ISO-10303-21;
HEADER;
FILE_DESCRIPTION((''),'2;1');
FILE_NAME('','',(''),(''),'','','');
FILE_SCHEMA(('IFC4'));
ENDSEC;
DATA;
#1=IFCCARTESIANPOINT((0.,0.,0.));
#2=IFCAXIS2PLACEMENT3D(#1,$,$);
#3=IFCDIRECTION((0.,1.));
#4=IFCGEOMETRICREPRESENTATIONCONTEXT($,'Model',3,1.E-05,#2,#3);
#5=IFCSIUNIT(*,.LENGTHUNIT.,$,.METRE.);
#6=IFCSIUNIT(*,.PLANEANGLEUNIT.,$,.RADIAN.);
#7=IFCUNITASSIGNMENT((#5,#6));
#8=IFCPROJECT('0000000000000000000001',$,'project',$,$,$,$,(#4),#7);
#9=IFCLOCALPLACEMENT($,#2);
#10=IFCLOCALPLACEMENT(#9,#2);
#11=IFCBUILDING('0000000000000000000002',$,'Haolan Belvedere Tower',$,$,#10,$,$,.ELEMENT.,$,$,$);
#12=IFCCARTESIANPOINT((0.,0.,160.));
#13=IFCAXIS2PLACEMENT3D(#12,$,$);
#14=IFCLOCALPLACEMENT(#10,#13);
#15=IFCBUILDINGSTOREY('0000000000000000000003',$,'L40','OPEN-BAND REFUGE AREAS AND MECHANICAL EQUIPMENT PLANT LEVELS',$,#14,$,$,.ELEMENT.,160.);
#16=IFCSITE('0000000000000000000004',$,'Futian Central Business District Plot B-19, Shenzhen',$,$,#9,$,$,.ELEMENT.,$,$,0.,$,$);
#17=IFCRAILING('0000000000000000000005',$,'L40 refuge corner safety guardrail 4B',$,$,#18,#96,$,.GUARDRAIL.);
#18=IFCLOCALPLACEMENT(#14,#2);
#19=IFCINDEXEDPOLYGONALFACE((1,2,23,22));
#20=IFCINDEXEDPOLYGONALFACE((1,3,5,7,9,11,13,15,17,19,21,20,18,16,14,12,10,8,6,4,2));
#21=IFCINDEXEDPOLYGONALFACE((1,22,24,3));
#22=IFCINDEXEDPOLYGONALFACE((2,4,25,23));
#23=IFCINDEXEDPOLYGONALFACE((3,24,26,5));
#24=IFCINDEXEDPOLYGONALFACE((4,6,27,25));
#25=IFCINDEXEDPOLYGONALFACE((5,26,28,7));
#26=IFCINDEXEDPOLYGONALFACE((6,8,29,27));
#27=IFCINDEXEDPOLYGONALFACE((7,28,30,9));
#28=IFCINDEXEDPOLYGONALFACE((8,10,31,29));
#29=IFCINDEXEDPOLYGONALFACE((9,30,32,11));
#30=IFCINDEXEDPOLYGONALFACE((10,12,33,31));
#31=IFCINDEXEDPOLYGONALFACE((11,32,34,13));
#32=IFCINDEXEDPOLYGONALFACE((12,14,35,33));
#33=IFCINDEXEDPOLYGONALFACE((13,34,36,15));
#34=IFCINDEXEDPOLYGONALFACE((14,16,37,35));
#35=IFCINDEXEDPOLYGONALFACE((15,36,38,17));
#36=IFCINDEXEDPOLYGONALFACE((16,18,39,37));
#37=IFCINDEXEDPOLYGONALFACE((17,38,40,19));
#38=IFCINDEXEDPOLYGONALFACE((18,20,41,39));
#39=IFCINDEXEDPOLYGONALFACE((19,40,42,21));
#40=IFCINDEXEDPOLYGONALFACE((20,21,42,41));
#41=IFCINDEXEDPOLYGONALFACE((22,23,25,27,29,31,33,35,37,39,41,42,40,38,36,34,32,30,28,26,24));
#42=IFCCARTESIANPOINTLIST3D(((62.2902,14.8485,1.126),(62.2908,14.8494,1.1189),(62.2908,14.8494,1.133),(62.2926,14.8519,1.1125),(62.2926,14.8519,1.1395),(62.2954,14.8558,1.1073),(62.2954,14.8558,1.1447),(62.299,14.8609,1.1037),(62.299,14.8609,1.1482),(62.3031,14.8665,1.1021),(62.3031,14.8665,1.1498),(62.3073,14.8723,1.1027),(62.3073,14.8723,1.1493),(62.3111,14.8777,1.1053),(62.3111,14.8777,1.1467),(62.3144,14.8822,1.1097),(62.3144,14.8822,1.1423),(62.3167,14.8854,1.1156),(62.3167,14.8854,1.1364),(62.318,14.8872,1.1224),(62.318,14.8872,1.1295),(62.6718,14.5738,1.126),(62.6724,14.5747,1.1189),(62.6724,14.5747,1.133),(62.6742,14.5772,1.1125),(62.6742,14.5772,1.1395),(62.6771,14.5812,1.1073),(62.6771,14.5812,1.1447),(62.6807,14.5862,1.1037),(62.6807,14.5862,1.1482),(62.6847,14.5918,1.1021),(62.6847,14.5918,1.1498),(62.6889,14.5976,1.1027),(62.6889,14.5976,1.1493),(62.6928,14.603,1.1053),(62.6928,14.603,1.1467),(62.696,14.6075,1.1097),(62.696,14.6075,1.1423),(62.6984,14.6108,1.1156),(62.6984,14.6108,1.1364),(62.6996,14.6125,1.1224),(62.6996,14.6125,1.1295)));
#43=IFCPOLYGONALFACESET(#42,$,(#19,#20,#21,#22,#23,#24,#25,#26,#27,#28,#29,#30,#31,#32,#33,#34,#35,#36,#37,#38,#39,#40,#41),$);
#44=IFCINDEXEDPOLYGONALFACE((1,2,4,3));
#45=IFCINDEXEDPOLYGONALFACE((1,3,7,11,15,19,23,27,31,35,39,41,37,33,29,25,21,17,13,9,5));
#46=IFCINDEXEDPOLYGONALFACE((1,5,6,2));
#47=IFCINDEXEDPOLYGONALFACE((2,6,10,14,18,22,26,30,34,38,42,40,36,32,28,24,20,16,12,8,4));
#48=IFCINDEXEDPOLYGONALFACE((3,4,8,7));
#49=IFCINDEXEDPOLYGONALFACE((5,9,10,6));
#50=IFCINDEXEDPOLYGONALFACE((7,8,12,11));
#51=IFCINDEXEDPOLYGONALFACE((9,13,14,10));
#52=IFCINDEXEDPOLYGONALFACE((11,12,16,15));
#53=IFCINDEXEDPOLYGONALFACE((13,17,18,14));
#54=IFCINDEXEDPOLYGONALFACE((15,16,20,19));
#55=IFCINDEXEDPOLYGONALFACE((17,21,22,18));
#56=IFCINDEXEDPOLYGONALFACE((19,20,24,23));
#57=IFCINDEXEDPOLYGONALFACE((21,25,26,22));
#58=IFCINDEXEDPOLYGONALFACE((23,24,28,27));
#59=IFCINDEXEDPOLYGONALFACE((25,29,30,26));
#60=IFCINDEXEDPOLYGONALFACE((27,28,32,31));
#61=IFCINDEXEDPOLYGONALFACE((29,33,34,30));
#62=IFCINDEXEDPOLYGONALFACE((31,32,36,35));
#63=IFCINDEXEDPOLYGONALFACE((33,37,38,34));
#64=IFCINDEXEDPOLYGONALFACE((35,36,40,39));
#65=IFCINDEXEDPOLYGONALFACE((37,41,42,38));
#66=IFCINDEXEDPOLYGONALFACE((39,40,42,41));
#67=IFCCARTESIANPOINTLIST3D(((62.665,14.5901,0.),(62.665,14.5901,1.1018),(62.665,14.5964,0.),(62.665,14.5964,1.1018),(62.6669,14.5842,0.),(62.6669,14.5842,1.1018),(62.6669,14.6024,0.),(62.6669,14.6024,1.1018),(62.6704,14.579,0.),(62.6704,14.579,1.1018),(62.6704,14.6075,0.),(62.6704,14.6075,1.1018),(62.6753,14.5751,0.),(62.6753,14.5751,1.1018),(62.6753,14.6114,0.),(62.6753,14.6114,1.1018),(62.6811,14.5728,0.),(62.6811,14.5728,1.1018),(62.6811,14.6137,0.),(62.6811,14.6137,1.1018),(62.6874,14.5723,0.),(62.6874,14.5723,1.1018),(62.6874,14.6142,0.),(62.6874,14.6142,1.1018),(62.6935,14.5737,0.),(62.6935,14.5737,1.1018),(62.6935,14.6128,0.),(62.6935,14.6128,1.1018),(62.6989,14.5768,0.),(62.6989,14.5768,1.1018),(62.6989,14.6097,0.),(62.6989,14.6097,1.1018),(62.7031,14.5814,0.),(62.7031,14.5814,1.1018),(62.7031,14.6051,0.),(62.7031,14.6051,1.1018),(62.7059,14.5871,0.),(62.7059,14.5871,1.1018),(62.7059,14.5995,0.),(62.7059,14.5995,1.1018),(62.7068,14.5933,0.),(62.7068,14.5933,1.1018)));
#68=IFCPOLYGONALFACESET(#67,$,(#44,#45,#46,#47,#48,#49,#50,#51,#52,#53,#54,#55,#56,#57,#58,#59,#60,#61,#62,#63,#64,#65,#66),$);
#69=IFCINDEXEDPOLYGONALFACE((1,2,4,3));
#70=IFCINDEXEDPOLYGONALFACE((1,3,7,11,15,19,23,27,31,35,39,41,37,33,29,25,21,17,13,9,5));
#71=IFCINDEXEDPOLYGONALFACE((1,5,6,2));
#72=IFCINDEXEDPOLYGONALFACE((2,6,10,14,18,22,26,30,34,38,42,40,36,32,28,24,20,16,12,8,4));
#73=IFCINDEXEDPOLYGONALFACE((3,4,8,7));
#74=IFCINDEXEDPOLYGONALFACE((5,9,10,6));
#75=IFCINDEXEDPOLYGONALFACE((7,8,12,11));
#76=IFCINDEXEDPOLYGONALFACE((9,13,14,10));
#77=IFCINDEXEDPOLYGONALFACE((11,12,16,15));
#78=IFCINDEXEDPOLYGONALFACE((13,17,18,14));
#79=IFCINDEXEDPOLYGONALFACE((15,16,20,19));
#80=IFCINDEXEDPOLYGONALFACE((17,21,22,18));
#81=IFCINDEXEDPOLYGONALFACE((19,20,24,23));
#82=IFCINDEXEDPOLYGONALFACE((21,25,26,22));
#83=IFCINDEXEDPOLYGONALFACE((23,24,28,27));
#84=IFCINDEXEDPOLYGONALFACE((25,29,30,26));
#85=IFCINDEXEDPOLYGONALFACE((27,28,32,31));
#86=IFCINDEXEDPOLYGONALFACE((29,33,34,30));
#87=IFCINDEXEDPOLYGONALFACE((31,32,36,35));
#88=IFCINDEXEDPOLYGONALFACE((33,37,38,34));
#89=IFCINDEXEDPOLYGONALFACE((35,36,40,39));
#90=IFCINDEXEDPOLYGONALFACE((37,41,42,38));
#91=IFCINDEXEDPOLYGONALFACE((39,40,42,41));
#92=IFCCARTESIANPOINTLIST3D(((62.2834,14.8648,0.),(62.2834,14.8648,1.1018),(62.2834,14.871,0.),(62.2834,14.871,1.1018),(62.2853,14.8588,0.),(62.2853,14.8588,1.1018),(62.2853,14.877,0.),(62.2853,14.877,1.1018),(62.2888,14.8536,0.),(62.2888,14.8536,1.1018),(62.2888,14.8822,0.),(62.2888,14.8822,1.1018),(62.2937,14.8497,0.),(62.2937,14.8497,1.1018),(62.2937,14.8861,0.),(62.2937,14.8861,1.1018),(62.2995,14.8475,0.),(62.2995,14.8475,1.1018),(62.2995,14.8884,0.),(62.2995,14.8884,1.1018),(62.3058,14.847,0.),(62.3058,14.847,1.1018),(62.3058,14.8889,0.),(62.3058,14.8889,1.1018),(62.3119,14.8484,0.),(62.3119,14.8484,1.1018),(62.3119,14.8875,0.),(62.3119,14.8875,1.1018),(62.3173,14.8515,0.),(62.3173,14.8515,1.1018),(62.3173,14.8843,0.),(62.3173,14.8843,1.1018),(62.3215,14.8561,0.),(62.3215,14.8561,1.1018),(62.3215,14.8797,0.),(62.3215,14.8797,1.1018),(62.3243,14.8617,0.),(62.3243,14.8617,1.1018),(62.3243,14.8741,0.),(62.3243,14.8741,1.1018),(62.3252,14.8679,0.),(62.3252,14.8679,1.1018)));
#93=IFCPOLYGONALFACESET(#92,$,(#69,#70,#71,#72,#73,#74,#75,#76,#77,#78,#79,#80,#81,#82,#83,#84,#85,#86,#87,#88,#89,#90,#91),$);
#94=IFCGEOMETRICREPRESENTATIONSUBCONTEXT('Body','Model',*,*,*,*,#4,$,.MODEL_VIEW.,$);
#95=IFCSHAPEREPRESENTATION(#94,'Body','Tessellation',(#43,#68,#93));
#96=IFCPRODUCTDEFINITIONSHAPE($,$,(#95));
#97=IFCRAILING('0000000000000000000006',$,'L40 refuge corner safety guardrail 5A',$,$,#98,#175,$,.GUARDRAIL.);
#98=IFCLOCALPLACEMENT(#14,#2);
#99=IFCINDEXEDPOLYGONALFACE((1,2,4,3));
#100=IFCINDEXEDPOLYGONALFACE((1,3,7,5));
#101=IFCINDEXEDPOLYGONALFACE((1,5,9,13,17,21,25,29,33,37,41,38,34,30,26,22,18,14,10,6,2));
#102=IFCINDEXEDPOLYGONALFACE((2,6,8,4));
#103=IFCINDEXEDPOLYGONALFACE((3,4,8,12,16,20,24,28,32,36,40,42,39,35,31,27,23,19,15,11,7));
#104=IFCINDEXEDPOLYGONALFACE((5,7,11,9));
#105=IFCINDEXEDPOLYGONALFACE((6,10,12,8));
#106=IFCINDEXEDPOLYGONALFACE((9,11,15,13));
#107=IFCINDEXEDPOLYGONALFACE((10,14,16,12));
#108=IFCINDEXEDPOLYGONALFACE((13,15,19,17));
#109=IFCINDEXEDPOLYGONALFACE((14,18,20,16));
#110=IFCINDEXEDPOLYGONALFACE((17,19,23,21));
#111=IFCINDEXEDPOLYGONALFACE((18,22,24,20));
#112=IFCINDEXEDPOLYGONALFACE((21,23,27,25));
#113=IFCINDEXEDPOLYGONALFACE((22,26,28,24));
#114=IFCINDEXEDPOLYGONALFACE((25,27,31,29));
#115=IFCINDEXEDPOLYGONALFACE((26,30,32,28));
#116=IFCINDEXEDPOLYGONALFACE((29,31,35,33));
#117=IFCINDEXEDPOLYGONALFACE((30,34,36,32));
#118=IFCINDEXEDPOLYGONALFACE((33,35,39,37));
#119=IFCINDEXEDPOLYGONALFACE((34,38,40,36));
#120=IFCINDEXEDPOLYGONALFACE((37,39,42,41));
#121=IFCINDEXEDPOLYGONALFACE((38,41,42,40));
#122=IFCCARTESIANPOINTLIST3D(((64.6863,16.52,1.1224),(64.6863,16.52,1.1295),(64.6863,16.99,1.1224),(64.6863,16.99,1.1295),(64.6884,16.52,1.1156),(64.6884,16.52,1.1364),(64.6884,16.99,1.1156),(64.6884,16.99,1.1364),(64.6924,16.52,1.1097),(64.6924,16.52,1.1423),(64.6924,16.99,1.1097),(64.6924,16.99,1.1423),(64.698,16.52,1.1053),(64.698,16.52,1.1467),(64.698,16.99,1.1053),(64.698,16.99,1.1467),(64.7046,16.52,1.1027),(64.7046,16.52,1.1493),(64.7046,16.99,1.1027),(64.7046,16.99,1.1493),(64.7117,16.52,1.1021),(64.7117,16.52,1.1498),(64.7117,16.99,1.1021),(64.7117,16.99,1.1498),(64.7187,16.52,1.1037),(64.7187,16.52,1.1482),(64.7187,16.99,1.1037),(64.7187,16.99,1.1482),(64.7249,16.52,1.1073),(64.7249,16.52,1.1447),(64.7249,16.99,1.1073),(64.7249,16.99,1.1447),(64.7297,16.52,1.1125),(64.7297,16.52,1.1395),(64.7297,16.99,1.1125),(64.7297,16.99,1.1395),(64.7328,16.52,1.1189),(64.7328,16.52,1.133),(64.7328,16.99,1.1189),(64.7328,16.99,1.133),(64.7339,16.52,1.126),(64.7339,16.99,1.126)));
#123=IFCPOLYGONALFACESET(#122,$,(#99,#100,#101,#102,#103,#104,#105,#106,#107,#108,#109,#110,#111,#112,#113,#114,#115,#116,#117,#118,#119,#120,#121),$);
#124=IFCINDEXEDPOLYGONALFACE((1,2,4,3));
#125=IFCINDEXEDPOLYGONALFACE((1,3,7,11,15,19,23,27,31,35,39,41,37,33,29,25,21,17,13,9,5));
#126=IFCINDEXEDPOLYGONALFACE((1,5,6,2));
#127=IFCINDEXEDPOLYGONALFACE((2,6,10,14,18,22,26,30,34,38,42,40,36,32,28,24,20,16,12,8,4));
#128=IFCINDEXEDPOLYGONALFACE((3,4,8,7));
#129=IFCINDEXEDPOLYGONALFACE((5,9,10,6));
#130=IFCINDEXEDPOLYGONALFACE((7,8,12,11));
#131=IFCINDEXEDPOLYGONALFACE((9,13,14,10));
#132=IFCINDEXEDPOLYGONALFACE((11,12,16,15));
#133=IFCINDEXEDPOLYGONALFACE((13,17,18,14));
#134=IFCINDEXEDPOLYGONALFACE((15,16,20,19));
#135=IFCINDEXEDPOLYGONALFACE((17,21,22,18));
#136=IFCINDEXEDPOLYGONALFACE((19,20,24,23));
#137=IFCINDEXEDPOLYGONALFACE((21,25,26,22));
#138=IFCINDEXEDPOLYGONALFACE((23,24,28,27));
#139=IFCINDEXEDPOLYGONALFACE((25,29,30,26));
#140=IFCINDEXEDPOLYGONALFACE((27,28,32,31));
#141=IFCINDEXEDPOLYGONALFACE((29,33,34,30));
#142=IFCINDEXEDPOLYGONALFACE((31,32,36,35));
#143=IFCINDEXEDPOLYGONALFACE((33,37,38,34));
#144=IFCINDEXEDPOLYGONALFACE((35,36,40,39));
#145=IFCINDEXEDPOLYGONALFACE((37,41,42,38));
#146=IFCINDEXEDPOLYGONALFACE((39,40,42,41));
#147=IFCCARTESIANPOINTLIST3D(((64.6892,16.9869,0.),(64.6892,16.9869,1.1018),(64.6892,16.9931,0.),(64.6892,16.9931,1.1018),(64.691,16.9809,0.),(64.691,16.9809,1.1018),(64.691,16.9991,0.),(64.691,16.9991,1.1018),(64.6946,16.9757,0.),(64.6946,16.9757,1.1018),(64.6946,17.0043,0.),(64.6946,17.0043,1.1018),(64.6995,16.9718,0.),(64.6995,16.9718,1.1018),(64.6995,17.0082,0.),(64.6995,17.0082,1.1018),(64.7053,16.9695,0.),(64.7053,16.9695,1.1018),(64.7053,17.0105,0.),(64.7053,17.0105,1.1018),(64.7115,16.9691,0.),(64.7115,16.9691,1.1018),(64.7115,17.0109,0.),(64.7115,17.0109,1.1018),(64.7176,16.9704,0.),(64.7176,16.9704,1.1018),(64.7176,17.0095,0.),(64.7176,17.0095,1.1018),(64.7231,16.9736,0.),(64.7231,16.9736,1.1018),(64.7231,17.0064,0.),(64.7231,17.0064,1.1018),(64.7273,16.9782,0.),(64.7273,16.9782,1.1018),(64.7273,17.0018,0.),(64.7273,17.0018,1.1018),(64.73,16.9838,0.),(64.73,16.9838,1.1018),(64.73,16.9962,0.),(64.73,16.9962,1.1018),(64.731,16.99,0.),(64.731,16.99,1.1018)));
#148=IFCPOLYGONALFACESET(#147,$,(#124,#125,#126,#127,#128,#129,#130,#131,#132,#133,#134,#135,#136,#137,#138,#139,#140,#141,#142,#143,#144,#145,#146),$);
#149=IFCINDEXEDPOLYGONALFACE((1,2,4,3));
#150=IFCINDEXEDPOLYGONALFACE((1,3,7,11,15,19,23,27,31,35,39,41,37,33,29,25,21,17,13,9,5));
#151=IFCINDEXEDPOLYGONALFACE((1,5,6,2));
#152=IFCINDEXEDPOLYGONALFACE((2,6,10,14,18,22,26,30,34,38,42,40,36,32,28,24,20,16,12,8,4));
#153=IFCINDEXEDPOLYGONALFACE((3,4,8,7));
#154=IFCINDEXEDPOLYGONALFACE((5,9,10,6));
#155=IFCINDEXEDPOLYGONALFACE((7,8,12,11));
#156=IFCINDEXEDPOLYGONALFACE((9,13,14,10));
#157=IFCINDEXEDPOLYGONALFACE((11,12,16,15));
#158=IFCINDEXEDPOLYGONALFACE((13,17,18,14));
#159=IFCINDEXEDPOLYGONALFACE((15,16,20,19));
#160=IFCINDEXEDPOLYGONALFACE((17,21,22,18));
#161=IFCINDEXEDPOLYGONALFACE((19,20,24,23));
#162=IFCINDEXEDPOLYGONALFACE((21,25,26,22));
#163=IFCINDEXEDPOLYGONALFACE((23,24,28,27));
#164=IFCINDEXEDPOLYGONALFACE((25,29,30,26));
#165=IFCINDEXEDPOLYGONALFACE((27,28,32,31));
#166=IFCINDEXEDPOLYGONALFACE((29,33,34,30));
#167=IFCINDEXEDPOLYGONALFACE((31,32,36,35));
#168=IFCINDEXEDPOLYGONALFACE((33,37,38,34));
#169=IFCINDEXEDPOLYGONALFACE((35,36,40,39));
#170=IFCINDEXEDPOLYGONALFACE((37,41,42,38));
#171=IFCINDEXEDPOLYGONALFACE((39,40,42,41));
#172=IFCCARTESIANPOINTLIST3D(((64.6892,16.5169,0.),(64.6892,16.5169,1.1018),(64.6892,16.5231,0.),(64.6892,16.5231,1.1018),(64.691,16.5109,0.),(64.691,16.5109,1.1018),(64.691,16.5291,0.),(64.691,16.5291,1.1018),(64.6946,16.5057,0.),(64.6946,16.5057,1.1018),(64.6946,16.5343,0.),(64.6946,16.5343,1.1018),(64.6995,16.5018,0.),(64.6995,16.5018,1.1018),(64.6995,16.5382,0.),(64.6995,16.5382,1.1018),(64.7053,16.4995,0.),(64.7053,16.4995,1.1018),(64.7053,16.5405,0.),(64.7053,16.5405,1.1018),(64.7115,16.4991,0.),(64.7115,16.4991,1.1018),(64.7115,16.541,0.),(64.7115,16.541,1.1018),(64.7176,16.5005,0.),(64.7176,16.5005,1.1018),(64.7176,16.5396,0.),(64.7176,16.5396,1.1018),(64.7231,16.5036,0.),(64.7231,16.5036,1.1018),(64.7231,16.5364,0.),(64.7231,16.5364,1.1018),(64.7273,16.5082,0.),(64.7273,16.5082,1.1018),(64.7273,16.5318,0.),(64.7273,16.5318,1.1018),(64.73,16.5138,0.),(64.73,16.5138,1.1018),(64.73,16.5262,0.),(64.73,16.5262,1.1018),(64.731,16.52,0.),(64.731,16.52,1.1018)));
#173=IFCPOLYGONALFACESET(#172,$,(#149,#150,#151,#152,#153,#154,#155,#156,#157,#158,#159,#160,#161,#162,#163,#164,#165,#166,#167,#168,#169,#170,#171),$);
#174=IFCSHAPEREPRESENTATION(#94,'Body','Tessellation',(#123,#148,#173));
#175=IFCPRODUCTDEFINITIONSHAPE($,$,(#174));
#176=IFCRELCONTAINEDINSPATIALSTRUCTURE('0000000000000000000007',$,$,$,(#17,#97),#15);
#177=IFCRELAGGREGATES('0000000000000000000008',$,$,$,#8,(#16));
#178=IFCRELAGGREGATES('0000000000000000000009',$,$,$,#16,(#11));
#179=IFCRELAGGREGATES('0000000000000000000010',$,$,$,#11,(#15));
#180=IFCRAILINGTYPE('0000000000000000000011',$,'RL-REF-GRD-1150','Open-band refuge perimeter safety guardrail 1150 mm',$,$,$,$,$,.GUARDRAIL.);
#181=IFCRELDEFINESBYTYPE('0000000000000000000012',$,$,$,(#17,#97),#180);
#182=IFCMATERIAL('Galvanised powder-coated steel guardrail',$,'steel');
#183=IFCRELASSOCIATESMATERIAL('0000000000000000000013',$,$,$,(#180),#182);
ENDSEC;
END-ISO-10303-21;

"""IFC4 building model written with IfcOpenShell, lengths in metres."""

from ifc_helpers import new_model, si_unit, direction, frame, origin, origin_2d, place, context, subcontext, project, spatial, circle, extrude, material, type_object, element, save


model = new_model("IFC4")

# Units and contexts
model_context = context("Model", 3, precision=1e-05, world=origin(), true_north=direction((0.0, 1.0)))
body_context = subcontext(model_context, "Body", "Model", "MODEL_VIEW")
ifc_project = project(units=[si_unit("LENGTHUNIT", "METRE"), si_unit("PLANEANGLEUNIT", "RADIAN")], contexts=[model_context])

# Site, building, storey
site_placement = place(None, origin())
site = spatial("IfcSite", under=ifc_project, at=site_placement, Name="Futian Central Business District Plot B-19, Shenzhen", CompositionType="ELEMENT", RefElevation=0.0)
building_placement = place(site_placement, origin())
building = spatial("IfcBuilding", under=site, at=building_placement, Name="Haolan Belvedere Tower", CompositionType="ELEMENT")
storey_placement = place(building_placement, frame((0.0, 0.0, 160.0)))
storey = spatial("IfcBuildingStorey", under=building, at=storey_placement, Name="L40", Description="OPEN-BAND REFUGE AREAS AND MECHANICAL EQUIPMENT PLANT LEVELS", CompositionType="ELEMENT", Elevation=160.0)

# Railings
ifc_material_1 = material(Name="Galvanised powder-coated steel guardrail", Category="steel")
railing_type = type_object("IfcRailingType", Name="RL-REF-GRD-1150", Description="Open-band refuge perimeter safety guardrail 1150 mm", PredefinedType="GUARDRAIL", material=ifc_material_1)
railing_1_placement = place(storey_placement, frame((62.6858, 14.5933, 0.0)))
element("IfcRailing", 1, at=railing_1_placement, inside=storey, type_object=railing_type, Name="L40 refuge corner safety guardrail 4B", PredefinedType="GUARDRAIL", context=body_context, shape_type="SweptSolid", body=[
    extrude(circle(Radius=0.0239, at=origin_2d()), frame((0.0, 0.0, 1.126), z_axis=(-0.811623, 0.584182, 0.0), x_axis=(-0.584182, -0.811623, 0.0)), (0.0, 0.0, 1.0), 0.4702),
    extrude(circle(Radius=0.021, at=origin_2d()), origin(), (0.0, 0.0, 1.0), 1.1018),
    extrude(circle(Radius=0.021, at=origin_2d()), frame((-0.3816, 0.2747, 0.0)), (0.0, 0.0, 1.0), 1.1018),
])
railing_2_placement = place(storey_placement, frame((64.71, 16.99, 0.0)))
element("IfcRailing", 2, at=railing_2_placement, inside=storey, type_object=railing_type, Name="L40 refuge corner safety guardrail 5A", PredefinedType="GUARDRAIL", context=body_context, shape_type="SweptSolid", body=[
    extrude(circle(Radius=0.0239, at=origin_2d()), frame((0.0, 0.0, 1.126), z_axis=(0.0, -1.0, 0.0), x_axis=(1.0, 0.0, 0.0)), (0.0, 0.0, 1.0), 0.47),
    extrude(circle(Radius=0.021, at=origin_2d()), origin(), (0.0, 0.0, 1.0), 1.1018),
    extrude(circle(Radius=0.021, at=origin_2d()), frame((0.0, -0.47, 0.0)), (0.0, 0.0, 1.0), 1.1018),
])

save(model, "model.ifc")
